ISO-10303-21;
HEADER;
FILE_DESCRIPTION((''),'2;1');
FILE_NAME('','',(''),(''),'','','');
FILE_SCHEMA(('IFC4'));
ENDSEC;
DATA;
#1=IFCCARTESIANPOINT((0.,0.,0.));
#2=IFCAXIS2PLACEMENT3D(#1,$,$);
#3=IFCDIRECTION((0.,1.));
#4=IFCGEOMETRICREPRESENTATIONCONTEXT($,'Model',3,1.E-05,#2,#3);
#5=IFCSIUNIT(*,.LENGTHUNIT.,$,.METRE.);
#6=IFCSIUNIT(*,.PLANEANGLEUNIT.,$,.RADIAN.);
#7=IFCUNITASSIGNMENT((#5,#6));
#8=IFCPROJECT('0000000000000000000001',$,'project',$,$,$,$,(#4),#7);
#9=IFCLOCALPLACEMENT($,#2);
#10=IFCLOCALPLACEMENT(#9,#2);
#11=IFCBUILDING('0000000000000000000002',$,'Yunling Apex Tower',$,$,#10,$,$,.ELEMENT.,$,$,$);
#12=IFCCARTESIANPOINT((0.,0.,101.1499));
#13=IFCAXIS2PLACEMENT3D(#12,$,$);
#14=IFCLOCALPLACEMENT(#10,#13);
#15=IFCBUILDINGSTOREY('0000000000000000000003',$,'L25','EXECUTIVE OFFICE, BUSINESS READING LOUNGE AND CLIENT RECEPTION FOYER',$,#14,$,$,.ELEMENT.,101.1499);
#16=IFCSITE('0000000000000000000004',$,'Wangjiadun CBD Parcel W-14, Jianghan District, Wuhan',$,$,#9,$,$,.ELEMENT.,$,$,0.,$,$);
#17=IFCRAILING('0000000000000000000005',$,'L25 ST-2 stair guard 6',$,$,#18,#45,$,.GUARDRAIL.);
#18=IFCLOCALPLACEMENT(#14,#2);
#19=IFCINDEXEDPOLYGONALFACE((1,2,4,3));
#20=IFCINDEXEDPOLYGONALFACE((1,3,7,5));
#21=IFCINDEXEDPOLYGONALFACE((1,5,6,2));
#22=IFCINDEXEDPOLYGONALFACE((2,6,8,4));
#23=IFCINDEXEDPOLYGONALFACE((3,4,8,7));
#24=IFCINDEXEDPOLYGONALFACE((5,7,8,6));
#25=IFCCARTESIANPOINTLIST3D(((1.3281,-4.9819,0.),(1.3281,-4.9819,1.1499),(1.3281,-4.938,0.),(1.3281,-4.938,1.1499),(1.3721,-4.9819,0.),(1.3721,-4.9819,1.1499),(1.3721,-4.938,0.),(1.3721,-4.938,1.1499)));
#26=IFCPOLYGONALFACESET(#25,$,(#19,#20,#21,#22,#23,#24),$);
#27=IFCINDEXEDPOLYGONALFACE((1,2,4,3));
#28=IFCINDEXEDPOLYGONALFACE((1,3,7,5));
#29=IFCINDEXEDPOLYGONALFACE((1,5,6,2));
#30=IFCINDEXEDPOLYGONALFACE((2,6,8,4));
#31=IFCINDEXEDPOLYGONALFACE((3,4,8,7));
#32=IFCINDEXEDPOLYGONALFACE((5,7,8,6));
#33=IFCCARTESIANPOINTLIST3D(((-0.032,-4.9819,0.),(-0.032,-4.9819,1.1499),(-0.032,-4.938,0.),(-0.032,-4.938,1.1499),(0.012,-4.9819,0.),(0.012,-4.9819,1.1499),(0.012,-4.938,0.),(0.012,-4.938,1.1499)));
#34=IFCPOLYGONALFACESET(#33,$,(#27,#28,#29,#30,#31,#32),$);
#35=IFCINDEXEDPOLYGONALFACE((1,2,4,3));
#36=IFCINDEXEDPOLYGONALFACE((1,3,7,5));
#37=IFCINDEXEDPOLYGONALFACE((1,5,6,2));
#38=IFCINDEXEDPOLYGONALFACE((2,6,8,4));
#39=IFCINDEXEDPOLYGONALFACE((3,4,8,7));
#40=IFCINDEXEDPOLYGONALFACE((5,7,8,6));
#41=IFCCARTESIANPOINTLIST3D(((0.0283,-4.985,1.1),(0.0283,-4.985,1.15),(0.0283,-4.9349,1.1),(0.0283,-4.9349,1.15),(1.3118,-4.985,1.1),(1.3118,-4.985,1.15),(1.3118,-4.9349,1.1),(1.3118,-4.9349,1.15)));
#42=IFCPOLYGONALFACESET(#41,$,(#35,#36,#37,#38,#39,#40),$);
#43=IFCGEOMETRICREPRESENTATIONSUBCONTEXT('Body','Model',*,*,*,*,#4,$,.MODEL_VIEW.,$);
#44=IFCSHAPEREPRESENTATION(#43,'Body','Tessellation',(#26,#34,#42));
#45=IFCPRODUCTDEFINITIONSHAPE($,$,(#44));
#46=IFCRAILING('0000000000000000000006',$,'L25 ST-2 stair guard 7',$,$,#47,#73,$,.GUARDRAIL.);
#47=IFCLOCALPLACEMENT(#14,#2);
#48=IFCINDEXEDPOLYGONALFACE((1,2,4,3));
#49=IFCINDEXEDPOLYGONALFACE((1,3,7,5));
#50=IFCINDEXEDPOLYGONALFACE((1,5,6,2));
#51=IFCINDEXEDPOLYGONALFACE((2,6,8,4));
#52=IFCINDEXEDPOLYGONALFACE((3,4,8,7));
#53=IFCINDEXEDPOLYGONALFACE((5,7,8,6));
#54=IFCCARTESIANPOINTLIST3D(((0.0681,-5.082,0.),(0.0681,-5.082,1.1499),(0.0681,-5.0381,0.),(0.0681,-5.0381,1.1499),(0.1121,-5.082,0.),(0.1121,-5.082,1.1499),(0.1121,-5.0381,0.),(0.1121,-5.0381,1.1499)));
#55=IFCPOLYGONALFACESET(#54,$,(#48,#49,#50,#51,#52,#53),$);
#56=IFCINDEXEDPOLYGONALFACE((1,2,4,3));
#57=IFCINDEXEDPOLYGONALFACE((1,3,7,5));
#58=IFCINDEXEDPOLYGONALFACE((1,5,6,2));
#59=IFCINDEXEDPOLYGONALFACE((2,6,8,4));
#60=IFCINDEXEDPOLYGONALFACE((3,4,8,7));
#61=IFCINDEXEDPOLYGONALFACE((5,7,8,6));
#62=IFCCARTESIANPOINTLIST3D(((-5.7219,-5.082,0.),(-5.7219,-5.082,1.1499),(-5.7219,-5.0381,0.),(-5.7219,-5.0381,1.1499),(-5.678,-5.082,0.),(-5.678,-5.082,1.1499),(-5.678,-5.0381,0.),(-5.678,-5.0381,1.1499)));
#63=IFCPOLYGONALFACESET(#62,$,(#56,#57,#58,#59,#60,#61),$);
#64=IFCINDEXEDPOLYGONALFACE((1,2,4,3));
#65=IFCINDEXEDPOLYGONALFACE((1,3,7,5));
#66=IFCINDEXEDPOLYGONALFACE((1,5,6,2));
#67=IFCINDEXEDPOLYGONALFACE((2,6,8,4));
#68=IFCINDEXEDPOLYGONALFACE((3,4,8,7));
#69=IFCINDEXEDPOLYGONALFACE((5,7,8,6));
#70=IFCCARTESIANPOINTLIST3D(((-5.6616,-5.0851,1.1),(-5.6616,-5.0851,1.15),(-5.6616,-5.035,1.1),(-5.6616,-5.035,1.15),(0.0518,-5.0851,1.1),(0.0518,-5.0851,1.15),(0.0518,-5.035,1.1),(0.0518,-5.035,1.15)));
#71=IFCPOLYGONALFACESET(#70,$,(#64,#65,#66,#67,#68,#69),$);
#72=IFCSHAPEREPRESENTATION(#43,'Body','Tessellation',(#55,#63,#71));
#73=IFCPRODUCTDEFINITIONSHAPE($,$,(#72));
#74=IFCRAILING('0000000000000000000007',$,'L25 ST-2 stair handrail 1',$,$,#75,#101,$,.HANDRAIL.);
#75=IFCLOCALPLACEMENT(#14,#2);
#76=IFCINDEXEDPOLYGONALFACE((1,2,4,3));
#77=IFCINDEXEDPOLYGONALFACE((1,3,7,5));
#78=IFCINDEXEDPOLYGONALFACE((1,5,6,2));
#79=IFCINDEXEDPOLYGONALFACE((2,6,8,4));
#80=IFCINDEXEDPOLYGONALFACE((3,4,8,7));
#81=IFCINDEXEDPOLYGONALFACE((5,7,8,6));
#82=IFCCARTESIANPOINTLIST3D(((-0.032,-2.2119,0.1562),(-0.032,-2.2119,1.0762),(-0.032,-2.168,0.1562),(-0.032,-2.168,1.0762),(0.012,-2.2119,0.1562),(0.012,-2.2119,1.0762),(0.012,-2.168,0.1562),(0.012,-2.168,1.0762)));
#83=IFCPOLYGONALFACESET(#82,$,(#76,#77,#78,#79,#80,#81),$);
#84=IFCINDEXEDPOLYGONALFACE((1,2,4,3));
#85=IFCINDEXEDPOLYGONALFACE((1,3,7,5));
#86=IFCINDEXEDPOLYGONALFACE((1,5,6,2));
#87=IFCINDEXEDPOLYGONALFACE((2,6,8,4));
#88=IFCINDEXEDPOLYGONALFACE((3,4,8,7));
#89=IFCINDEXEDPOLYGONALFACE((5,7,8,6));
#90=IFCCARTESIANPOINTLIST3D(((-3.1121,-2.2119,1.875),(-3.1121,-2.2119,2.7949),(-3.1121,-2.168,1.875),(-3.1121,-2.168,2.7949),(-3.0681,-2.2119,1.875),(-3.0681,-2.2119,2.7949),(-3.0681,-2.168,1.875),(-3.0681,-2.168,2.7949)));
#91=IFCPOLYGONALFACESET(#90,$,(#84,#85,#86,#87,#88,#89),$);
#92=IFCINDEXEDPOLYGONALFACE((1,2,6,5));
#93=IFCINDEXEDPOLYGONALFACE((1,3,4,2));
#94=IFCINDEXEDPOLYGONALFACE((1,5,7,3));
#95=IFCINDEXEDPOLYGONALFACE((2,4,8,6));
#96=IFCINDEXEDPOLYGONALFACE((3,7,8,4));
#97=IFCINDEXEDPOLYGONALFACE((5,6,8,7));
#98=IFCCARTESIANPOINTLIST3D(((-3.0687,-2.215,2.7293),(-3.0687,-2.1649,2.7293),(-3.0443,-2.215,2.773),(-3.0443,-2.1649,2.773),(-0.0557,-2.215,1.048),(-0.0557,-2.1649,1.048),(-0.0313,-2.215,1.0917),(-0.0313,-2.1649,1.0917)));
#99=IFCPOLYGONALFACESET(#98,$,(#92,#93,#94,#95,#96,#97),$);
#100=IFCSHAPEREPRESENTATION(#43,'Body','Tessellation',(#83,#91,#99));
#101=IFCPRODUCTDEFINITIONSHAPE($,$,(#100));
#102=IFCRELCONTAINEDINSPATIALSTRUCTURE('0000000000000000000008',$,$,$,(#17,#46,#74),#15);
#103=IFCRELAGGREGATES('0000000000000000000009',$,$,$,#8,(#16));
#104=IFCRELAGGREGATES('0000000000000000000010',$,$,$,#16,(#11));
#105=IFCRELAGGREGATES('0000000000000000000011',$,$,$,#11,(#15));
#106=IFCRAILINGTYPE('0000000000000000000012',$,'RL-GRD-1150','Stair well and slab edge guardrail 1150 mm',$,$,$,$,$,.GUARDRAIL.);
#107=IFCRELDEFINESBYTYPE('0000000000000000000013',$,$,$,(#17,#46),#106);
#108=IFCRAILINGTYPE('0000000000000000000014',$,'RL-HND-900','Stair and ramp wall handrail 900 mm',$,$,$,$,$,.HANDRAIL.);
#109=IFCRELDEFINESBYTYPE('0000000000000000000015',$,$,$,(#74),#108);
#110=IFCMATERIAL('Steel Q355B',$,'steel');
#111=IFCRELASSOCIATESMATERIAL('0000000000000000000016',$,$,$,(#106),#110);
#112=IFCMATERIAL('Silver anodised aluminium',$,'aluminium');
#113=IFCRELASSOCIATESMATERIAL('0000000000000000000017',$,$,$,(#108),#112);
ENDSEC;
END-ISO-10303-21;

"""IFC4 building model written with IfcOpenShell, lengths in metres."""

from ifc_helpers import new_model, si_unit, direction, frame, origin, origin_2d, place, context, subcontext, project, spatial, rectangle, extrude, material, type_object, element, save


model = new_model("IFC4")

# Units and contexts
model_context = context("Model", 3, precision=1e-05, world=origin(), true_north=direction((0.0, 1.0)))
body_context = subcontext(model_context, "Body", "Model", "MODEL_VIEW")
ifc_project = project(units=[si_unit("LENGTHUNIT", "METRE"), si_unit("PLANEANGLEUNIT", "RADIAN")], contexts=[model_context])

# Site, building, storey
site_placement = place(None, origin())
site = spatial("IfcSite", under=ifc_project, at=site_placement, Name="Wangjiadun CBD Parcel W-14, Jianghan District, Wuhan", CompositionType="ELEMENT", RefElevation=0.0)
building_placement = place(site_placement, origin())
building = spatial("IfcBuilding", under=site, at=building_placement, Name="Yunling Apex Tower", CompositionType="ELEMENT")
storey_placement = place(building_placement, frame((0.0, 0.0, 101.1499)))
storey = spatial("IfcBuildingStorey", under=building, at=storey_placement, Name="L25", Description="EXECUTIVE OFFICE, BUSINESS READING LOUNGE AND CLIENT RECEPTION FOYER", CompositionType="ELEMENT", Elevation=101.1499)

# Shared definitions
ifc_material_1 = material(Name="Steel Q355B", Category="steel")

# Railings
railing_type_1 = type_object("IfcRailingType", Name="RL-GRD-1150", Description="Stair well and slab edge guardrail 1150 mm", PredefinedType="GUARDRAIL", material=ifc_material_1)
railing_1_placement = place(storey_placement, frame((1.3501, -4.96, 0.0)))
element("IfcRailing", 1, at=railing_1_placement, inside=storey, type_object=railing_type_1, Name="L25 ST-2 stair guard 6", PredefinedType="GUARDRAIL", context=body_context, shape_type="SweptSolid", body=[
    extrude(rectangle(XDim=0.0439, YDim=0.0439, at=origin_2d()), origin(), (0.0, 0.0, 1.0), 1.1499),
    extrude(rectangle(XDim=0.0439, YDim=0.0439, at=origin_2d()), frame((-1.3601, 0.0, 0.0)), (0.0, 0.0, 1.0), 1.1499),
    extrude(rectangle(XDim=0.05, YDim=0.05, at=origin_2d()), frame((-0.0383, 0.0, 1.125), z_axis=(-1.0, 0.0, 0.0), x_axis=(0.0, -1.0, 0.0)), (0.0, 0.0, 1.0), 1.2834),
])
railing_2_placement = place(storey_placement, frame((0.0901, -5.0601, 0.0)))
element("IfcRailing", 2, at=railing_2_placement, inside=storey, type_object=railing_type_1, Name="L25 ST-2 stair guard 7", PredefinedType="GUARDRAIL", context=body_context, shape_type="SweptSolid", body=[
    extrude(rectangle(XDim=0.0439, YDim=0.0439, at=origin_2d()), origin(), (0.0, 0.0, 1.0), 1.1499),
    extrude(rectangle(XDim=0.0439, YDim=0.0439, at=origin_2d()), frame((-5.79, 0.0, 0.0)), (0.0, 0.0, 1.0), 1.1499),
    extrude(rectangle(XDim=0.05, YDim=0.05, at=origin_2d()), frame((-0.0383, 0.0, 1.125), z_axis=(-1.0, 0.0, 0.0), x_axis=(0.0, -1.0, 0.0)), (0.0, 0.0, 1.0), 5.7134),
])
ifc_material_2 = material(Name="Silver anodised aluminium", Category="aluminium")
railing_type_2 = type_object("IfcRailingType", Name="RL-HND-900", Description="Stair and ramp wall handrail 900 mm", PredefinedType="HANDRAIL", material=ifc_material_2)
railing_3_placement = place(storey_placement, frame((-0.01, -2.1899, 0.1562)))
element("IfcRailing", 3, at=railing_3_placement, inside=storey, type_object=railing_type_2, Name="L25 ST-2 stair handrail 1", PredefinedType="HANDRAIL", context=body_context, shape_type="SweptSolid", body=[
    extrude(rectangle(XDim=0.0439, YDim=0.0439, at=origin_2d()), origin(), (0.0, 0.0, 1.0), 0.9199),
    extrude(rectangle(XDim=0.0439, YDim=0.0439, at=origin_2d()), frame((-3.0801, 0.0, 1.7188)), (0.0, 0.0, 1.0), 0.9199),
    extrude(rectangle(XDim=0.05, YDim=0.05, at=origin_2d()), frame((-0.0334, 0.0, 0.9136), z_axis=(-0.873242, 0.0, 0.487288), x_axis=(0.0, -1.0, 0.0)), (0.0, 0.0, 1.0), 3.4504),
])

save(model, "model.ifc")
